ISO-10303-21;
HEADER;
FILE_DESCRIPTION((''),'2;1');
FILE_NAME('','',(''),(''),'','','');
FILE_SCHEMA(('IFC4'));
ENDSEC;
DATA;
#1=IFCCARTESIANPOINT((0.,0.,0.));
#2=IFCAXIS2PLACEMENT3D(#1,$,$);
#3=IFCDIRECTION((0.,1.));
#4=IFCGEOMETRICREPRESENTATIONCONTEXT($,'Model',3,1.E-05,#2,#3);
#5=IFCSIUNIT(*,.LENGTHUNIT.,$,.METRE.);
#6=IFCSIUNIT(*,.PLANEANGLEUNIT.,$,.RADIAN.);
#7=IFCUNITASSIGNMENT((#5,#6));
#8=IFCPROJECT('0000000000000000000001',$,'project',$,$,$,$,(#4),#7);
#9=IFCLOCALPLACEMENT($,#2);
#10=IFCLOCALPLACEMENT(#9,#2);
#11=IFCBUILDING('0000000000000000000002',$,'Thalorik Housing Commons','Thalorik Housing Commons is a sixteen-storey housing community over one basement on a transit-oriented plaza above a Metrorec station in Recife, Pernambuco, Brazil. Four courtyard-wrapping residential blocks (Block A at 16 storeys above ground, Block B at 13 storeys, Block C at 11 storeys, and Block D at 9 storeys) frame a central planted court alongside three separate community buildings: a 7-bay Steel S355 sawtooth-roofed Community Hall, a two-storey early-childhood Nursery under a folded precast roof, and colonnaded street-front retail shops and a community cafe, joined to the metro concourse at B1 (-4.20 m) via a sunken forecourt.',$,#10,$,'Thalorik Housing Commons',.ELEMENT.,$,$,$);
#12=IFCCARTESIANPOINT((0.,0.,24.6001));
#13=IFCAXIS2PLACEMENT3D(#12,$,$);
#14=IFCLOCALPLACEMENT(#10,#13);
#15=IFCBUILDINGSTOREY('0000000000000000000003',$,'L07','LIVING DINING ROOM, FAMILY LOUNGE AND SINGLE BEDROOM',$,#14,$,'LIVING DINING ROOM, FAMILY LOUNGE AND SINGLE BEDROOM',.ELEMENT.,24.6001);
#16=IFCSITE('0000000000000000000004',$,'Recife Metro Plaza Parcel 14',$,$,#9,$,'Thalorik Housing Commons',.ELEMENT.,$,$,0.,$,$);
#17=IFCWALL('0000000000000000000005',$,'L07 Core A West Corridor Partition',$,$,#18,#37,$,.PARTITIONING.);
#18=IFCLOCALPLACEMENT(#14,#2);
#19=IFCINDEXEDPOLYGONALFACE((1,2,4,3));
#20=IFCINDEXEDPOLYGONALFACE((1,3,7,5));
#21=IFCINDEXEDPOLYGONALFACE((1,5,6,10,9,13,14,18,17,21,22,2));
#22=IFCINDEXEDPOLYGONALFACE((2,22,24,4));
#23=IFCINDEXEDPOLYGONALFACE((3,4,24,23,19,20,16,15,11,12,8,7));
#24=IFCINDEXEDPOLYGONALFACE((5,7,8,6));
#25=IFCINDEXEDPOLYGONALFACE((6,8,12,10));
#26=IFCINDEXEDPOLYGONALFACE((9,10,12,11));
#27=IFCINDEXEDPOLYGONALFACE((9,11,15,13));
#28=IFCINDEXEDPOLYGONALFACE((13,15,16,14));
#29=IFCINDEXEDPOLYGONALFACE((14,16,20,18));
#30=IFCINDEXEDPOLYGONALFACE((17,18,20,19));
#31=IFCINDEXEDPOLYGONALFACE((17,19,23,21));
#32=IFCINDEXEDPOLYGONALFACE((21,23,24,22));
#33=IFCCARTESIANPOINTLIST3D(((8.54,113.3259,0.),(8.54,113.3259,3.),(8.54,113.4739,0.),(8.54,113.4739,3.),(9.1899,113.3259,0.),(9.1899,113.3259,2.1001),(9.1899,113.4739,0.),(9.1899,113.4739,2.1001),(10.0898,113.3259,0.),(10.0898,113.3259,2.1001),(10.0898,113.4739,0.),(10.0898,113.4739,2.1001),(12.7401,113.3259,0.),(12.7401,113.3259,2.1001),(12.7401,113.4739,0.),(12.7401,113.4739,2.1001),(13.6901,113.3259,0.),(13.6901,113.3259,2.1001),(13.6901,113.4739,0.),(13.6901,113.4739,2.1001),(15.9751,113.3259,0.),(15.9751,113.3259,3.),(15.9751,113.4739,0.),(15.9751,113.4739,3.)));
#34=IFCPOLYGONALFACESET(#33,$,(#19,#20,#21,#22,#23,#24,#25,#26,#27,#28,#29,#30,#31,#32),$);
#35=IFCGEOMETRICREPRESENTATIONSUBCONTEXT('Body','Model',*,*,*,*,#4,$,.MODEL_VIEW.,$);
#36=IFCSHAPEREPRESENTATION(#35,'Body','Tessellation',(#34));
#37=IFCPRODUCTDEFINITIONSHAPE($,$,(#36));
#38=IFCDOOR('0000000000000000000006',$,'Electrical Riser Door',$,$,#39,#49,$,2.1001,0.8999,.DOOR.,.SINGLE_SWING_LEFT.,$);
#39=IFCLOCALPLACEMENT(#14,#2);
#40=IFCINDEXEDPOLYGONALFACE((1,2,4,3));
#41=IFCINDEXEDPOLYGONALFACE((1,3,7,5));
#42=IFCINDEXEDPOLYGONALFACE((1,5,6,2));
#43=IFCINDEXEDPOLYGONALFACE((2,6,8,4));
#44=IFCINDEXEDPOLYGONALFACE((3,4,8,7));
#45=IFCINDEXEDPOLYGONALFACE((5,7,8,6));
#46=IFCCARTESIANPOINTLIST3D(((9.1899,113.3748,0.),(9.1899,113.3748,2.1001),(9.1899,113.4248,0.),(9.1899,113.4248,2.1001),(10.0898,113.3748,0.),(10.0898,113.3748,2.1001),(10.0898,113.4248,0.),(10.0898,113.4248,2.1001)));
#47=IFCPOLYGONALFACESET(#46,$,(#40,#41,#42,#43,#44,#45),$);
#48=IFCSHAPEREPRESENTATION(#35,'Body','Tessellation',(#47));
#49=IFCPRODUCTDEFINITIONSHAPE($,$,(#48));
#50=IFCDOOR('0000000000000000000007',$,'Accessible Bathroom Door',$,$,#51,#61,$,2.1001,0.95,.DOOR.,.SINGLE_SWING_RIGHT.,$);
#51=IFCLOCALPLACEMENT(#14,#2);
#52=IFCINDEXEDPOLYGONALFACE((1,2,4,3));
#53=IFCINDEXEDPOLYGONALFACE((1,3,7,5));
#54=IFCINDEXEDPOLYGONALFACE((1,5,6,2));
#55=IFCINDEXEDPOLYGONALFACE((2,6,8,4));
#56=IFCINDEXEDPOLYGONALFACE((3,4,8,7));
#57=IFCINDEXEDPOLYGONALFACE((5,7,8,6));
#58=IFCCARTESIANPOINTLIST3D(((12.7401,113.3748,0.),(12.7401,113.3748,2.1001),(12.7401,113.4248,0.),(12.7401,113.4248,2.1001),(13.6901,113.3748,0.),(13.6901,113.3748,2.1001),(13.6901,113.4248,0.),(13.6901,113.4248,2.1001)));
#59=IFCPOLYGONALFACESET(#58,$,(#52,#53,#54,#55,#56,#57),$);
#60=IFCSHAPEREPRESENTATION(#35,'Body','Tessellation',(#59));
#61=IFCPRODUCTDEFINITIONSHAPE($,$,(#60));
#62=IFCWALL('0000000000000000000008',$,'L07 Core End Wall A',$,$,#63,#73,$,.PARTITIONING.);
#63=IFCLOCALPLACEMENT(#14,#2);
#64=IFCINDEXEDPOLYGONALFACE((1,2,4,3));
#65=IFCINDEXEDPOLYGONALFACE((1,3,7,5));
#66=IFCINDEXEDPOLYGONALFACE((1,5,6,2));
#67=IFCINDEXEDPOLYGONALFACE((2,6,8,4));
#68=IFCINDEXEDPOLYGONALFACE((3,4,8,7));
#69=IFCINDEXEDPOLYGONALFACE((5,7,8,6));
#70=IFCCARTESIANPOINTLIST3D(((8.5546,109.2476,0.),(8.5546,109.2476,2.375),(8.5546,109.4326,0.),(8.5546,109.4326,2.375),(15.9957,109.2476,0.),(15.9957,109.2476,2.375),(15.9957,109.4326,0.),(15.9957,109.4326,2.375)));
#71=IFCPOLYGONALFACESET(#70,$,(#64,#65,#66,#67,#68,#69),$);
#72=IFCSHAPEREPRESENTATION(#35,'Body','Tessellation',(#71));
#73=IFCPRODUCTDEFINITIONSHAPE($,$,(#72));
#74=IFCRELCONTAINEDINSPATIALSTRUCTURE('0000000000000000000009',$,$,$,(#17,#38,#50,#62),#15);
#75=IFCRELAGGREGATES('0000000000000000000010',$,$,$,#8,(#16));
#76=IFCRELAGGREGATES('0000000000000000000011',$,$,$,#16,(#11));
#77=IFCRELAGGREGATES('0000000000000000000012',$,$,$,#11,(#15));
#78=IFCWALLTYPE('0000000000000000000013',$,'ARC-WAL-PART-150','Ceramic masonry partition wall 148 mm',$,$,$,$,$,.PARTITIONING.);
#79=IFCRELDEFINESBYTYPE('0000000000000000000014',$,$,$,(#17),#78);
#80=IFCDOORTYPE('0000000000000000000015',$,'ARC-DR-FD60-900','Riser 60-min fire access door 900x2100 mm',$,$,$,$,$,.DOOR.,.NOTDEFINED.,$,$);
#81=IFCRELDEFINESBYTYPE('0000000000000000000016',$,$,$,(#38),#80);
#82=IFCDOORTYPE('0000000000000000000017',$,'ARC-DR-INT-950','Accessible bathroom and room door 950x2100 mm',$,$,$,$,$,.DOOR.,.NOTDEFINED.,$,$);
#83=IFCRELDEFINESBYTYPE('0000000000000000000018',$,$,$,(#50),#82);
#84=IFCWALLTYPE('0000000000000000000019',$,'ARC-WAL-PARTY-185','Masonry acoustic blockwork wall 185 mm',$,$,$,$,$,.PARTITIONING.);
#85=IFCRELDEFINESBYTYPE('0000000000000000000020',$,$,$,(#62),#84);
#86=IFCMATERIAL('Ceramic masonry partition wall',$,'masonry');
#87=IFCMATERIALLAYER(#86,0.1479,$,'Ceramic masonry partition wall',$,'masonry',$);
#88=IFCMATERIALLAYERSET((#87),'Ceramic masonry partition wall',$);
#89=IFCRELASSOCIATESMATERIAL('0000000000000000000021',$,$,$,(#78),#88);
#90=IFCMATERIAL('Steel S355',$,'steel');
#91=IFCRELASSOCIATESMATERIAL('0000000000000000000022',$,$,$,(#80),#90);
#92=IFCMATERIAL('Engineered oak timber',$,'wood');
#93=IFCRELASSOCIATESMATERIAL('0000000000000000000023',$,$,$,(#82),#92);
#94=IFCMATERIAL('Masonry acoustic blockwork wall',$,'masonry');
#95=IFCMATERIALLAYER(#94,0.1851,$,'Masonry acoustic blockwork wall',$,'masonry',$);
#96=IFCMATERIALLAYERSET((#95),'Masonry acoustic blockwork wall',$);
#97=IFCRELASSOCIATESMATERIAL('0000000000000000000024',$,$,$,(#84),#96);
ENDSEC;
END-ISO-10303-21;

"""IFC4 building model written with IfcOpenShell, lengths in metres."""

from ifc_helpers import new_model, si_unit, direction, frame, frame_2d, origin, place, context, subcontext, project, spatial, rectangle, extrude, material, layer, layer_set, type_object, element, fill, save


model = new_model("IFC4")

# Units and contexts
model_context = context("Model", 3, precision=1e-05, world=origin(), true_north=direction((0.0, 1.0)))
body_context = subcontext(model_context, "Body", "Model", "MODEL_VIEW")
ifc_project = project(units=[si_unit("LENGTHUNIT", "METRE"), si_unit("PLANEANGLEUNIT", "RADIAN")], contexts=[model_context])

# Site, building, storey
site_placement = place(None, origin())
site = spatial("IfcSite", under=ifc_project, at=site_placement, Name="Recife Metro Plaza Parcel 14", LongName="Thalorik Housing Commons", CompositionType="ELEMENT", RefElevation=0.0)
building_placement = place(site_placement, origin())
building = spatial("IfcBuilding", under=site, at=building_placement, Name="Thalorik Housing Commons", Description="Thalorik Housing Commons is a sixteen-storey housing community over one basement on a transit-oriented plaza above a Metrorec station in Recife, Pernambuco, Brazil. Four courtyard-wrapping residential blocks (Block A at 16 storeys above ground, Block B at 13 storeys, Block C at 11 storeys, and Block D at 9 storeys) frame a central planted court alongside three separate community buildings: a 7-bay Steel S355 sawtooth-roofed Community Hall, a two-storey early-childhood Nursery under a folded precast roof, and colonnaded street-front retail shops and a community cafe, joined to the metro concourse at B1 (-4.20 m) via a sunken forecourt.", LongName="Thalorik Housing Commons", CompositionType="ELEMENT")
storey_placement = place(building_placement, frame((0.0, 0.0, 24.6001)))
storey = spatial("IfcBuildingStorey", under=building, at=storey_placement, Name="L07", Description="LIVING DINING ROOM, FAMILY LOUNGE AND SINGLE BEDROOM", LongName="LIVING DINING ROOM, FAMILY LOUNGE AND SINGLE BEDROOM", CompositionType="ELEMENT", Elevation=24.6001)

# Shared definitions
ifc_material_1 = material(Name="Ceramic masonry partition wall", Category="masonry")
ifc_layer_1 = layer(ifc_material_1, 0.1479, Name="Ceramic masonry partition wall", Category="masonry")
ifc_layer_set_1 = layer_set([ifc_layer_1], Name="Ceramic masonry partition wall")
wall_type_1 = type_object("IfcWallType", Name="ARC-WAL-PART-150", Description="Ceramic masonry partition wall 148 mm", PredefinedType="PARTITIONING", material=ifc_layer_set_1)

# Wall, openings, doors
wall_1_placement = place(storey_placement, frame((8.54, 113.3999, 0.0), z_axis=(0.0, 0.0, 1.0), x_axis=(1.0, 0.0, 0.0)))
wall_1 = element("IfcWall", 1, at=wall_1_placement, inside=storey, type_object=wall_type_1, Name="L07 Core A West Corridor Partition", PredefinedType="PARTITIONING", context=body_context, shape_type="SweptSolid", body=[
    extrude(rectangle(XDim=7.4351, YDim=0.1479, at=frame_2d((3.7175, 0.0))), origin(), (0.0, 0.0, 1.0), 3.0),
])
opening_1_placement = place(wall_1_placement, frame((0.6499, 0.0, 0.0)))
opening_1 = element("IfcOpeningElement", 2, at=opening_1_placement, cuts=wall_1, PredefinedType="OPENING", context=body_context, shape_type="SweptSolid", body=[
    extrude(rectangle(XDim=0.8999, YDim=2.1001, at=frame_2d((0.45, 1.05))), frame((0.0, 0.084, 0.0), z_axis=(0.0, -1.0, 0.0), x_axis=(1.0, 0.0, 0.0)), (0.0, 0.0, 1.0), 0.168),
])
opening_2_placement = place(wall_1_placement, frame((4.2, 0.0, 0.0)))
opening_2 = element("IfcOpeningElement", 3, at=opening_2_placement, cuts=wall_1, PredefinedType="OPENING", context=body_context, shape_type="SweptSolid", body=[
    extrude(rectangle(XDim=0.95, YDim=2.1001, at=frame_2d((0.4751, 1.05))), frame((0.0, 0.084, 0.0), z_axis=(0.0, -1.0, 0.0), x_axis=(1.0, 0.0, 0.0)), (0.0, 0.0, 1.0), 0.168),
])
ifc_material_2 = material(Name="Steel S355", Category="steel")
door_type_1 = type_object("IfcDoorType", Name="ARC-DR-FD60-900", Description="Riser 60-min fire access door 900x2100 mm", OperationType="NOTDEFINED", PredefinedType="DOOR", material=ifc_material_2)
door_1_placement = place(opening_1_placement, origin())
door_1 = element("IfcDoor", 4, at=door_1_placement, inside=storey, type_object=door_type_1, Name="Electrical Riser Door", OperationType="SINGLE_SWING_LEFT", OverallHeight=2.1001, OverallWidth=0.8999, PredefinedType="DOOR", context=body_context, shape_type="SweptSolid", body=[
    extrude(rectangle(XDim=0.8999, YDim=2.1001, at=frame_2d((0.45, 1.05))), frame((0.0, 0.0249, 0.0), z_axis=(0.0, -1.0, 0.0), x_axis=(1.0, 0.0, 0.0)), (0.0, 0.0, 1.0), 0.05),
])
fill(opening_1, door_1)
ifc_material_3 = material(Name="Engineered oak timber", Category="wood")
door_type_2 = type_object("IfcDoorType", Name="ARC-DR-INT-950", Description="Accessible bathroom and room door 950x2100 mm", OperationType="NOTDEFINED", PredefinedType="DOOR", material=ifc_material_3)
door_2_placement = place(opening_2_placement, origin())
door_2 = element("IfcDoor", 5, at=door_2_placement, inside=storey, type_object=door_type_2, Name="Accessible Bathroom Door", OperationType="SINGLE_SWING_RIGHT", OverallHeight=2.1001, OverallWidth=0.95, PredefinedType="DOOR", context=body_context, shape_type="SweptSolid", body=[
    extrude(rectangle(XDim=0.95, YDim=2.1001, at=frame_2d((0.4751, 1.05))), frame((0.0, 0.0249, 0.0), z_axis=(0.0, -1.0, 0.0), x_axis=(1.0, 0.0, 0.0)), (0.0, 0.0, 1.0), 0.05),
])
fill(opening_2, door_2)

# Wall
ifc_material_4 = material(Name="Masonry acoustic blockwork wall", Category="masonry")
ifc_layer_2 = layer(ifc_material_4, 0.1851, Name="Masonry acoustic blockwork wall", Category="masonry")
ifc_layer_set_2 = layer_set([ifc_layer_2], Name="Masonry acoustic blockwork wall")
wall_type_2 = type_object("IfcWallType", Name="ARC-WAL-PARTY-185", Description="Masonry acoustic blockwork wall 185 mm", PredefinedType="PARTITIONING", material=ifc_layer_set_2)
wall_2_placement = place(storey_placement, frame((8.5544, 109.3401, 0.0), z_axis=(0.0, 0.0, 1.0), x_axis=(1.0, 0.0, 0.0)))
element("IfcWall", 6, at=wall_2_placement, inside=storey, type_object=wall_type_2, Name="L07 Core End Wall A", PredefinedType="PARTITIONING", context=body_context, shape_type="SweptSolid", body=[
    extrude(rectangle(XDim=7.4412, YDim=0.1851, at=frame_2d((3.7207, 0.0))), origin(), (0.0, 0.0, 1.0), 2.375),
])

save(model, "model.ifc")
